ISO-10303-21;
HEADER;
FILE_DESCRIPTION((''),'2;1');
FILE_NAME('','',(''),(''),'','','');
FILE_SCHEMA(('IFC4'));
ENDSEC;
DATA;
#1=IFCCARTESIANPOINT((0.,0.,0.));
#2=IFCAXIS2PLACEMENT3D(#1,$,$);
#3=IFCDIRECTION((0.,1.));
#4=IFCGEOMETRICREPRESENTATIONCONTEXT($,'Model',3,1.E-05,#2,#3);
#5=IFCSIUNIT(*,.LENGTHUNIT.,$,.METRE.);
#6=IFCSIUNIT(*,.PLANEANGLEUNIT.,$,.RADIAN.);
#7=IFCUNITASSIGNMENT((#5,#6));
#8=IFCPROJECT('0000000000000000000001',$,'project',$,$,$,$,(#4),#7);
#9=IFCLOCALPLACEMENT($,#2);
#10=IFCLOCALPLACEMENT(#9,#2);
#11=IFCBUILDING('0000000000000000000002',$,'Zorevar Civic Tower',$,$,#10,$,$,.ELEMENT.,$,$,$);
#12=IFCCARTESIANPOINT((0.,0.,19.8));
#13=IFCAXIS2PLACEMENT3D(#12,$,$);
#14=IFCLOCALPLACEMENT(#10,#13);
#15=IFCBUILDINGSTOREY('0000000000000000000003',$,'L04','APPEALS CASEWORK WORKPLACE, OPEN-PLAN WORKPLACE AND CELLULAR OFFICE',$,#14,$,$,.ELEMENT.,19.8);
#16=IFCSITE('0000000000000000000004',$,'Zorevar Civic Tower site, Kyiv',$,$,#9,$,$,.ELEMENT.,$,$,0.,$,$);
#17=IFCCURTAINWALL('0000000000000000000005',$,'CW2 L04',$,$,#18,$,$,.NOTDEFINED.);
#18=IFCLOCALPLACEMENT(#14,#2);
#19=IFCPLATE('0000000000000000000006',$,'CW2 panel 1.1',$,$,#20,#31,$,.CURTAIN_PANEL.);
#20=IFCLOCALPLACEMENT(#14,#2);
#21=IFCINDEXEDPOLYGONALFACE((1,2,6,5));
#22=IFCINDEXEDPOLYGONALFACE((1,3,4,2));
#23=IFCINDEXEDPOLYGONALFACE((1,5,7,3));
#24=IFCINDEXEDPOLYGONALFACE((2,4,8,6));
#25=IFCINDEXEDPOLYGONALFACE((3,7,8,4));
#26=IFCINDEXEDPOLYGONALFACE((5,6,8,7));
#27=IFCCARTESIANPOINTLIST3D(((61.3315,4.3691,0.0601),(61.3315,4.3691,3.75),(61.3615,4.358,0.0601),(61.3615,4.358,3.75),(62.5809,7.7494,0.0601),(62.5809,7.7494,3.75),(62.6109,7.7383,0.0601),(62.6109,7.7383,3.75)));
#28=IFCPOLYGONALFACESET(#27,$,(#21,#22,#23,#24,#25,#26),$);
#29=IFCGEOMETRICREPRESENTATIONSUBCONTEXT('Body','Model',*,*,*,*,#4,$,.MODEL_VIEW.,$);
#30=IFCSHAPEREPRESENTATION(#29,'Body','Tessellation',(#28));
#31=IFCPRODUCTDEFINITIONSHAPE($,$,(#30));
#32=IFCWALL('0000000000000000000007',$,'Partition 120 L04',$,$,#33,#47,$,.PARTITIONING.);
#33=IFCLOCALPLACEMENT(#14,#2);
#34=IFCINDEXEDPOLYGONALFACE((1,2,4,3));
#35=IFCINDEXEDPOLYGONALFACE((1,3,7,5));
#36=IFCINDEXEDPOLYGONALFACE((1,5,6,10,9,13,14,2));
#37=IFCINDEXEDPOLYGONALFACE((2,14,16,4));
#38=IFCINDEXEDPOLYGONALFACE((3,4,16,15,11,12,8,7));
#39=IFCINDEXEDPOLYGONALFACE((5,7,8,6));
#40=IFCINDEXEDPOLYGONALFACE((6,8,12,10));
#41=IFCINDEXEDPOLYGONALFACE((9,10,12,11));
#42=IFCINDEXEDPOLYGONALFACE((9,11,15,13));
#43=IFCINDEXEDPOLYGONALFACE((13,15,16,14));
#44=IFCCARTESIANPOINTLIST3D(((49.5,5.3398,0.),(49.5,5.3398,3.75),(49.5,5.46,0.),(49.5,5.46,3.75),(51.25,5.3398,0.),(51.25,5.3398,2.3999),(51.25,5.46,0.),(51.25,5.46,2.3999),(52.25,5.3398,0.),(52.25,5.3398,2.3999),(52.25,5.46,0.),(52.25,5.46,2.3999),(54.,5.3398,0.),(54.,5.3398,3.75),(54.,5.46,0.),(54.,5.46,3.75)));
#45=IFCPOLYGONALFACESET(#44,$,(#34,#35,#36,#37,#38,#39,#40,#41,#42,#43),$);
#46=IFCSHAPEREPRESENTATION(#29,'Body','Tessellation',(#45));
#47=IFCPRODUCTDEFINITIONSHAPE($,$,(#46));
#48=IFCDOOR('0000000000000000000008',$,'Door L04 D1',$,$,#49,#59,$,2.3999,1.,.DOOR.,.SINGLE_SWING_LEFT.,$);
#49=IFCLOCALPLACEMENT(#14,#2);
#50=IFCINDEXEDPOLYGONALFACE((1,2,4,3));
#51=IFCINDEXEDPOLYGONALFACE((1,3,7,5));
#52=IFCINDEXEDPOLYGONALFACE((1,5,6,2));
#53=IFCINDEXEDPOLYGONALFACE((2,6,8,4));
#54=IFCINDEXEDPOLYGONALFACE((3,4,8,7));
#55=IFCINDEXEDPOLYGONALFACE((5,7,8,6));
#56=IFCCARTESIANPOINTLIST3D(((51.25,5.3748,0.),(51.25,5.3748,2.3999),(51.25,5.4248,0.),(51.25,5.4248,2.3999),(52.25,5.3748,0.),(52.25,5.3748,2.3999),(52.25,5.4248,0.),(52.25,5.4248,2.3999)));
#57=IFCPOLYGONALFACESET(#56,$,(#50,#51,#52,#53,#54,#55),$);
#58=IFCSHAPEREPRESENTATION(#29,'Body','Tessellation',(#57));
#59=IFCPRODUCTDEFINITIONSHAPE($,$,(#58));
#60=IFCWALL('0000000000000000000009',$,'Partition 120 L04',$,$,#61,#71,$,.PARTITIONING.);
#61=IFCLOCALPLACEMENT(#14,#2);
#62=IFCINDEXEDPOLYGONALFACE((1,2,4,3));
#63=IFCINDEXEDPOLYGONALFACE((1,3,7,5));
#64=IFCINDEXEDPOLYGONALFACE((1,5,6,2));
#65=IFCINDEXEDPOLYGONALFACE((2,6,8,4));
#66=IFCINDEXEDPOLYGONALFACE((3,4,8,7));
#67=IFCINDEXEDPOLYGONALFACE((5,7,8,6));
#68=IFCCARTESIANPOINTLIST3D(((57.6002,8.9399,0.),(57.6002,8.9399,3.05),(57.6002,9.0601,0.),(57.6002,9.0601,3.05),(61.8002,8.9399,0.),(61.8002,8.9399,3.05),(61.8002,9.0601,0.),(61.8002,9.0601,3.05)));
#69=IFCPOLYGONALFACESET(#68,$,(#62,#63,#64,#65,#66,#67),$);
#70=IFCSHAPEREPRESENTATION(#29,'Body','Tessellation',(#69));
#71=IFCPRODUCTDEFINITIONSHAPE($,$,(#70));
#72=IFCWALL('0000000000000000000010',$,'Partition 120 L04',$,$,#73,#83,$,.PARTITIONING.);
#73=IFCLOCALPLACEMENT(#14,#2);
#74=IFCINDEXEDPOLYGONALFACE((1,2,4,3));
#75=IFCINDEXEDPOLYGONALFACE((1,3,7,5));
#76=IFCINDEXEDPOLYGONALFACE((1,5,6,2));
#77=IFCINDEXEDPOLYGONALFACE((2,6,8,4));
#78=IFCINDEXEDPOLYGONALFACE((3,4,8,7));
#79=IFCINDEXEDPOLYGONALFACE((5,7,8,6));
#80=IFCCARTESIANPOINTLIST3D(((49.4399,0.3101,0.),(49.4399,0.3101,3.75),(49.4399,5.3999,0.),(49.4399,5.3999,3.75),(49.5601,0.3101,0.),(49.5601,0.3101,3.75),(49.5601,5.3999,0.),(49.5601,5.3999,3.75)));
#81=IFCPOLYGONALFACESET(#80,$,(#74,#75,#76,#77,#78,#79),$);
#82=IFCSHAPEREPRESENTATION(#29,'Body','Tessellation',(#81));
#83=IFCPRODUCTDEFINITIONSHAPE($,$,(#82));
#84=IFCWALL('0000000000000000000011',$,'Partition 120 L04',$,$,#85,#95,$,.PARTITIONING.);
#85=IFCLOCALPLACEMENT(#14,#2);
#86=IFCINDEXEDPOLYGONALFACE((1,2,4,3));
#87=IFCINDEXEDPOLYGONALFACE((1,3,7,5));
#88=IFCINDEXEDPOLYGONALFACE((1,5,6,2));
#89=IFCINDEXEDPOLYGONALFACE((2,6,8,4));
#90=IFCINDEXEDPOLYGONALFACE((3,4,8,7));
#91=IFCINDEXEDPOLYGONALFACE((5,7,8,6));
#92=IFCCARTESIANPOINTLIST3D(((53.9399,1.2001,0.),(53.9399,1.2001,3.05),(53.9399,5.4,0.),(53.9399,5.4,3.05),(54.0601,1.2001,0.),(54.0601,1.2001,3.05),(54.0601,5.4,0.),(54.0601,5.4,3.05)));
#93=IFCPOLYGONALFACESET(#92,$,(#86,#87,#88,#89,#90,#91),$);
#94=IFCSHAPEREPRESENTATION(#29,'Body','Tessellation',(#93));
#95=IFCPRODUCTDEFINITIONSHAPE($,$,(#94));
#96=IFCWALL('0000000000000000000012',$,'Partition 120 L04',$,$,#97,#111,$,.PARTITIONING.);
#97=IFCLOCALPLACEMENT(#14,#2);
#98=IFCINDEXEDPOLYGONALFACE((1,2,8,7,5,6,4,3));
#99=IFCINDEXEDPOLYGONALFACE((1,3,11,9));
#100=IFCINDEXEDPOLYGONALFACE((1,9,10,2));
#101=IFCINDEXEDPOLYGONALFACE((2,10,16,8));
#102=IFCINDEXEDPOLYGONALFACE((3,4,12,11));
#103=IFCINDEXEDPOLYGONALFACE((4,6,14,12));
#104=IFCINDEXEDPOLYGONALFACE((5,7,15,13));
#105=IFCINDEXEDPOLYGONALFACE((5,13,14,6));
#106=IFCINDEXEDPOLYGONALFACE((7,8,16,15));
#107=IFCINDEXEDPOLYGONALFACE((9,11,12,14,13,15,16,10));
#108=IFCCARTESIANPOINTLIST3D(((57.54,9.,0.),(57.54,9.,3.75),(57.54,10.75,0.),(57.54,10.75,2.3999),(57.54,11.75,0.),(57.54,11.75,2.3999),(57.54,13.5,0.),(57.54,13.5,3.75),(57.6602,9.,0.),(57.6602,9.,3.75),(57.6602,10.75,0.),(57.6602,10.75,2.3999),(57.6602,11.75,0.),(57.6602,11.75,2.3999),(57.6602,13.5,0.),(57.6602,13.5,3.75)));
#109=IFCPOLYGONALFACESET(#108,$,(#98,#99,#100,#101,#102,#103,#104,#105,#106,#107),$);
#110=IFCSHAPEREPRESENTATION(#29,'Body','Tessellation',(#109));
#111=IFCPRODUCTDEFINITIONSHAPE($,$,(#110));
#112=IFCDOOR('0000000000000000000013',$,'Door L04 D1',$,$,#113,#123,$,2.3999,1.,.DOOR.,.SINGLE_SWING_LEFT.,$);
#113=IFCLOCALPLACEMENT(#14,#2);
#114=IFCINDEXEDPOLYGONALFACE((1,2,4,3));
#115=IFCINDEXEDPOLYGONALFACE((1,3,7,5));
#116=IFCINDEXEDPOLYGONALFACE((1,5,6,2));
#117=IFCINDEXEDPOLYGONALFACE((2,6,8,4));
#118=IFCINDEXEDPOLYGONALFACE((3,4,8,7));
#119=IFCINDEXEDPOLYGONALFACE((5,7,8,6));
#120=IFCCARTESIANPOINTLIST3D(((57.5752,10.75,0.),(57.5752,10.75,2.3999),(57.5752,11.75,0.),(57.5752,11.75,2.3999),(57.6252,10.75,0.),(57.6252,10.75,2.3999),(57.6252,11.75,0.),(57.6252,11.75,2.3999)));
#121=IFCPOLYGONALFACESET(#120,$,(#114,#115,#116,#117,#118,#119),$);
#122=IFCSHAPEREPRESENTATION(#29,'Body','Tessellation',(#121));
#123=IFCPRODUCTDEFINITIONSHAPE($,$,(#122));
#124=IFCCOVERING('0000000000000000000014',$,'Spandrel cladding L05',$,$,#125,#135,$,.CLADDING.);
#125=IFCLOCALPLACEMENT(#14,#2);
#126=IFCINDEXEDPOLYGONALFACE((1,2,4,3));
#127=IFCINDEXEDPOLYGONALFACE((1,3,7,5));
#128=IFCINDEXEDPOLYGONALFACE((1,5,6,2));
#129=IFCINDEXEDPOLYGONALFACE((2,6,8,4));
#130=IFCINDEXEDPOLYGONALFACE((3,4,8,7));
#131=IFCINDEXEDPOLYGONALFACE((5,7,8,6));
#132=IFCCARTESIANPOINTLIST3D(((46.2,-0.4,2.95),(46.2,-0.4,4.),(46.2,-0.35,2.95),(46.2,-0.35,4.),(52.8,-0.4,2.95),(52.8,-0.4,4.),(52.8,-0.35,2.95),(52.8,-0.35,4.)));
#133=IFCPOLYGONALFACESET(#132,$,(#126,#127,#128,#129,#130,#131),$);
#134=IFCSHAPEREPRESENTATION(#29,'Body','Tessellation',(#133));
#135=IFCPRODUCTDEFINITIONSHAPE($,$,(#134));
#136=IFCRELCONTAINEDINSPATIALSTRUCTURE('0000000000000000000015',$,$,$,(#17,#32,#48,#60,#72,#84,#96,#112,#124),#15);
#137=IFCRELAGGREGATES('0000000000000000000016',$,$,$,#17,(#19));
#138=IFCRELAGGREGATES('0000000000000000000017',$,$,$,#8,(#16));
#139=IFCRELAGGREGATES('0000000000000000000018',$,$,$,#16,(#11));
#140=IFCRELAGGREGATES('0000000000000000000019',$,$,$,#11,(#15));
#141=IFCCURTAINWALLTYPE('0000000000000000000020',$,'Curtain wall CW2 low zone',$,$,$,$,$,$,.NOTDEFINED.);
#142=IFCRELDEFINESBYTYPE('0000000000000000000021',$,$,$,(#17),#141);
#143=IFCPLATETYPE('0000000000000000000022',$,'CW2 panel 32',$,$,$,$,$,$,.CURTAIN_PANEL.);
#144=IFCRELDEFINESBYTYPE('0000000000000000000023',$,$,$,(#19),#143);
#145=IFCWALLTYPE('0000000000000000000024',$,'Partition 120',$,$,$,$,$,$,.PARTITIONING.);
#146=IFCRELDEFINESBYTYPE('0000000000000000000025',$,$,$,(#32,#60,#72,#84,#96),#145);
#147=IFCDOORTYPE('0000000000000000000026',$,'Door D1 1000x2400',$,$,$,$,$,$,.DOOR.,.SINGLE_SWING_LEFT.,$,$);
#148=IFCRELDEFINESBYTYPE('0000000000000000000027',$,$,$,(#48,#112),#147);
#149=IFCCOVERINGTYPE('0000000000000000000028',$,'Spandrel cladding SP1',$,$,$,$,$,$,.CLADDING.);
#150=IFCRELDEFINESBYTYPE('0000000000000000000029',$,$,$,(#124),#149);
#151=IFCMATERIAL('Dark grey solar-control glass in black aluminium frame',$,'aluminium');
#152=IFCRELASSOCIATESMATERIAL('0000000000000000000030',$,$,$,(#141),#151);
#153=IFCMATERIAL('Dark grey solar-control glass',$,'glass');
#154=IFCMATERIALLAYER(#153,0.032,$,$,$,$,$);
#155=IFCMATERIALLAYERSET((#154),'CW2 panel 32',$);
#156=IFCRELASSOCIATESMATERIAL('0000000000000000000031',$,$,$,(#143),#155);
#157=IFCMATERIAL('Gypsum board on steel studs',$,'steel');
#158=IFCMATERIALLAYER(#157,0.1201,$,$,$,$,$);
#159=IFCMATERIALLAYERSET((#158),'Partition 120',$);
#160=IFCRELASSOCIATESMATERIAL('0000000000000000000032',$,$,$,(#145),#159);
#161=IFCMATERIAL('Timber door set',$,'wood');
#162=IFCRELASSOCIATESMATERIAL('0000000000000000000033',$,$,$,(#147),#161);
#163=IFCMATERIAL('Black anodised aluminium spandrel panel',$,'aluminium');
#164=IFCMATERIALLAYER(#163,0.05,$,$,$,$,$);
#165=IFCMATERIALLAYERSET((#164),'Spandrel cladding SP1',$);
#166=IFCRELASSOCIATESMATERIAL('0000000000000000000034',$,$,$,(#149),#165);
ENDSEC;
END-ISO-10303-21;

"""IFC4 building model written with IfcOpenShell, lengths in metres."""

from ifc_helpers import new_model, si_unit, direction, frame, frame_2d, origin, origin_2d, place, context, subcontext, project, spatial, rectangle, extrude, material, layer, layer_set, type_object, element, fill, aggregate, save


model = new_model("IFC4")

# Units and contexts
model_context = context("Model", 3, precision=1e-05, world=origin(), true_north=direction((0.0, 1.0)))
body_context = subcontext(model_context, "Body", "Model", "MODEL_VIEW")
ifc_project = project(units=[si_unit("LENGTHUNIT", "METRE"), si_unit("PLANEANGLEUNIT", "RADIAN")], contexts=[model_context])

# Site, building, storey
site_placement = place(None, origin())
site = spatial("IfcSite", under=ifc_project, at=site_placement, Name="Zorevar Civic Tower site, Kyiv", CompositionType="ELEMENT", RefElevation=0.0)
building_placement = place(site_placement, origin())
building = spatial("IfcBuilding", under=site, at=building_placement, Name="Zorevar Civic Tower", CompositionType="ELEMENT")
storey_placement = place(building_placement, frame((0.0, 0.0, 19.8)))
storey = spatial("IfcBuildingStorey", under=building, at=storey_placement, Name="L04", Description="APPEALS CASEWORK WORKPLACE, OPEN-PLAN WORKPLACE AND CELLULAR OFFICE", CompositionType="ELEMENT", Elevation=19.8)

# Curtain wall
ifc_material_1 = material(Name="Dark grey solar-control glass in black aluminium frame", Category="aluminium")
curtain_wall_type = type_object("IfcCurtainWallType", Name="Curtain wall CW2 low zone", PredefinedType="NOTDEFINED", material=ifc_material_1)
curtain_wall_1_placement = place(storey_placement, origin())
curtain_wall_1 = element("IfcCurtainWall", 1, at=curtain_wall_1_placement, inside=storey, type_object=curtain_wall_type, Name="CW2 L04", PredefinedType="NOTDEFINED")

# Plate
ifc_material_2 = material(Name="Dark grey solar-control glass", Category="glass")
ifc_layer_1 = layer(ifc_material_2, 0.032)
ifc_layer_set_1 = layer_set([ifc_layer_1], Name="CW2 panel 32")
plate_type = type_object("IfcPlateType", Name="CW2 panel 32", PredefinedType="CURTAIN_PANEL", material=ifc_layer_set_1)
plate_1_placement = place(storey_placement, frame((61.9712, 6.0537, 0.0601), z_axis=(0.0, 0.0, 1.0), x_axis=(0.346704, 0.937975, 0.0)))
plate_1 = element("IfcPlate", 2, at=plate_1_placement, type_object=plate_type, Name="CW2 panel 1.1", PredefinedType="CURTAIN_PANEL", context=body_context, shape_type="SweptSolid", body=[
    extrude(rectangle(XDim=3.6038, YDim=0.032, at=origin_2d()), origin(), (0.0, 0.0, 1.0), 3.6899),
])
aggregate(curtain_wall_1, [plate_1])

# Wall, opening, door
ifc_material_3 = material(Name="Gypsum board on steel studs", Category="steel")
ifc_layer_2 = layer(ifc_material_3, 0.1201)
ifc_layer_set_2 = layer_set([ifc_layer_2], Name="Partition 120")
wall_type = type_object("IfcWallType", Name="Partition 120", PredefinedType="PARTITIONING", material=ifc_layer_set_2)
wall_1_placement = place(storey_placement, frame((49.5, 5.3999, 0.0), z_axis=(0.0, 0.0, 1.0), x_axis=(1.0, 0.0, 0.0)))
wall_1 = element("IfcWall", 3, at=wall_1_placement, inside=storey, type_object=wall_type, Name="Partition 120 L04", PredefinedType="PARTITIONING", context=body_context, shape_type="SweptSolid", body=[
    extrude(rectangle(XDim=4.5, YDim=0.1201, at=frame_2d((2.25, 0.0))), origin(), (0.0, 0.0, 1.0), 3.75),
])
opening_1_placement = place(wall_1_placement, frame((1.75, 0.0, 0.0)))
opening_1 = element("IfcOpeningElement", 4, at=opening_1_placement, cuts=wall_1, PredefinedType="OPENING", context=body_context, shape_type="SweptSolid", body=[
    extrude(rectangle(XDim=1.0, YDim=2.3999, at=frame_2d((0.5, 1.2))), frame((0.0, 0.0701, 0.0), z_axis=(0.0, -1.0, 0.0), x_axis=(1.0, 0.0, 0.0)), (0.0, 0.0, 1.0), 0.1401),
])
ifc_material_4 = material(Name="Timber door set", Category="wood")
door_type = type_object("IfcDoorType", Name="Door D1 1000x2400", OperationType="SINGLE_SWING_LEFT", PredefinedType="DOOR", material=ifc_material_4)
door_1_placement = place(opening_1_placement, origin())
door_1 = element("IfcDoor", 5, at=door_1_placement, inside=storey, type_object=door_type, Name="Door L04 D1", OperationType="SINGLE_SWING_LEFT", OverallHeight=2.3999, OverallWidth=1.0, PredefinedType="DOOR", context=body_context, shape_type="SweptSolid", body=[
    extrude(rectangle(XDim=1.0, YDim=2.3999, at=frame_2d((0.5, 1.2))), frame((0.0, 0.0249, 0.0), z_axis=(0.0, -1.0, 0.0), x_axis=(1.0, 0.0, 0.0)), (0.0, 0.0, 1.0), 0.05),
])
fill(opening_1, door_1)

# Walls
wall_2_placement = place(storey_placement, frame((57.6001, 9.0, 0.0), z_axis=(0.0, 0.0, 1.0), x_axis=(1.0, 0.0, 0.0)))
element("IfcWall", 6, at=wall_2_placement, inside=storey, type_object=wall_type, Name="Partition 120 L04", PredefinedType="PARTITIONING", context=body_context, shape_type="SweptSolid", body=[
    extrude(rectangle(XDim=4.2, YDim=0.1201, at=frame_2d((2.1001, 0.0))), origin(), (0.0, 0.0, 1.0), 3.05),
])
wall_3_placement = place(storey_placement, frame((49.5, 0.3101, 0.0), z_axis=(0.0, 0.0, 1.0), x_axis=(0.0, 1.0, 0.0)))
element("IfcWall", 7, at=wall_3_placement, inside=storey, type_object=wall_type, Name="Partition 120 L04", PredefinedType="PARTITIONING", context=body_context, shape_type="SweptSolid", body=[
    extrude(rectangle(XDim=5.0898, YDim=0.1201, at=frame_2d((2.5449, 0.0))), origin(), (0.0, 0.0, 1.0), 3.75),
])
wall_4_placement = place(storey_placement, frame((54.0, 1.2, 0.0), z_axis=(0.0, 0.0, 1.0), x_axis=(0.0, 1.0, 0.0)))
element("IfcWall", 8, at=wall_4_placement, inside=storey, type_object=wall_type, Name="Partition 120 L04", PredefinedType="PARTITIONING", context=body_context, shape_type="SweptSolid", body=[
    extrude(rectangle(XDim=4.2, YDim=0.1201, at=frame_2d((2.1001, 0.0))), origin(), (0.0, 0.0, 1.0), 3.05),
])

# Wall, opening, door
wall_5_placement = place(storey_placement, frame((57.6001, 9.0, 0.0), z_axis=(0.0, 0.0, 1.0), x_axis=(0.0, 1.0, 0.0)))
wall_5 = element("IfcWall", 9, at=wall_5_placement, inside=storey, type_object=wall_type, Name="Partition 120 L04", PredefinedType="PARTITIONING", context=body_context, shape_type="SweptSolid", body=[
    extrude(rectangle(XDim=4.5, YDim=0.1201, at=frame_2d((2.25, 0.0))), origin(), (0.0, 0.0, 1.0), 3.75),
])
opening_2_placement = place(wall_5_placement, frame((1.75, 0.0, 0.0)))
opening_2 = element("IfcOpeningElement", 10, at=opening_2_placement, cuts=wall_5, PredefinedType="OPENING", context=body_context, shape_type="SweptSolid", body=[
    extrude(rectangle(XDim=1.0, YDim=2.3999, at=frame_2d((0.5, 1.2))), frame((0.0, 0.0701, 0.0), z_axis=(0.0, -1.0, 0.0), x_axis=(1.0, 0.0, 0.0)), (0.0, 0.0, 1.0), 0.1401),
])
door_2_placement = place(opening_2_placement, origin())
door_2 = element("IfcDoor", 11, at=door_2_placement, inside=storey, type_object=door_type, Name="Door L04 D1", OperationType="SINGLE_SWING_LEFT", OverallHeight=2.3999, OverallWidth=1.0, PredefinedType="DOOR", context=body_context, shape_type="SweptSolid", body=[
    extrude(rectangle(XDim=1.0, YDim=2.3999, at=frame_2d((0.5, 1.2))), frame((0.0, 0.0249, 0.0), z_axis=(0.0, -1.0, 0.0), x_axis=(1.0, 0.0, 0.0)), (0.0, 0.0, 1.0), 0.05),
])
fill(opening_2, door_2)

# Covering
ifc_material_5 = material(Name="Black anodised aluminium spandrel panel", Category="aluminium")
ifc_layer_3 = layer(ifc_material_5, 0.05)
ifc_layer_set_3 = layer_set([ifc_layer_3], Name="Spandrel cladding SP1")
covering_type = type_object("IfcCoveringType", Name="Spandrel cladding SP1", PredefinedType="CLADDING", material=ifc_layer_set_3)
covering_placement = place(storey_placement, frame((46.2, -0.375, 2.95), z_axis=(0.0, 0.0, 1.0), x_axis=(1.0, 0.0, 0.0)))
element("IfcCovering", 12, at=covering_placement, inside=storey, type_object=covering_type, Name="Spandrel cladding L05", PredefinedType="CLADDING", context=body_context, shape_type="SweptSolid", body=[
    extrude(rectangle(XDim=6.6001, YDim=0.05, at=frame_2d((3.3, 0.0))), origin(), (0.0, 0.0, 1.0), 1.05),
])

save(model, "model.ifc")
